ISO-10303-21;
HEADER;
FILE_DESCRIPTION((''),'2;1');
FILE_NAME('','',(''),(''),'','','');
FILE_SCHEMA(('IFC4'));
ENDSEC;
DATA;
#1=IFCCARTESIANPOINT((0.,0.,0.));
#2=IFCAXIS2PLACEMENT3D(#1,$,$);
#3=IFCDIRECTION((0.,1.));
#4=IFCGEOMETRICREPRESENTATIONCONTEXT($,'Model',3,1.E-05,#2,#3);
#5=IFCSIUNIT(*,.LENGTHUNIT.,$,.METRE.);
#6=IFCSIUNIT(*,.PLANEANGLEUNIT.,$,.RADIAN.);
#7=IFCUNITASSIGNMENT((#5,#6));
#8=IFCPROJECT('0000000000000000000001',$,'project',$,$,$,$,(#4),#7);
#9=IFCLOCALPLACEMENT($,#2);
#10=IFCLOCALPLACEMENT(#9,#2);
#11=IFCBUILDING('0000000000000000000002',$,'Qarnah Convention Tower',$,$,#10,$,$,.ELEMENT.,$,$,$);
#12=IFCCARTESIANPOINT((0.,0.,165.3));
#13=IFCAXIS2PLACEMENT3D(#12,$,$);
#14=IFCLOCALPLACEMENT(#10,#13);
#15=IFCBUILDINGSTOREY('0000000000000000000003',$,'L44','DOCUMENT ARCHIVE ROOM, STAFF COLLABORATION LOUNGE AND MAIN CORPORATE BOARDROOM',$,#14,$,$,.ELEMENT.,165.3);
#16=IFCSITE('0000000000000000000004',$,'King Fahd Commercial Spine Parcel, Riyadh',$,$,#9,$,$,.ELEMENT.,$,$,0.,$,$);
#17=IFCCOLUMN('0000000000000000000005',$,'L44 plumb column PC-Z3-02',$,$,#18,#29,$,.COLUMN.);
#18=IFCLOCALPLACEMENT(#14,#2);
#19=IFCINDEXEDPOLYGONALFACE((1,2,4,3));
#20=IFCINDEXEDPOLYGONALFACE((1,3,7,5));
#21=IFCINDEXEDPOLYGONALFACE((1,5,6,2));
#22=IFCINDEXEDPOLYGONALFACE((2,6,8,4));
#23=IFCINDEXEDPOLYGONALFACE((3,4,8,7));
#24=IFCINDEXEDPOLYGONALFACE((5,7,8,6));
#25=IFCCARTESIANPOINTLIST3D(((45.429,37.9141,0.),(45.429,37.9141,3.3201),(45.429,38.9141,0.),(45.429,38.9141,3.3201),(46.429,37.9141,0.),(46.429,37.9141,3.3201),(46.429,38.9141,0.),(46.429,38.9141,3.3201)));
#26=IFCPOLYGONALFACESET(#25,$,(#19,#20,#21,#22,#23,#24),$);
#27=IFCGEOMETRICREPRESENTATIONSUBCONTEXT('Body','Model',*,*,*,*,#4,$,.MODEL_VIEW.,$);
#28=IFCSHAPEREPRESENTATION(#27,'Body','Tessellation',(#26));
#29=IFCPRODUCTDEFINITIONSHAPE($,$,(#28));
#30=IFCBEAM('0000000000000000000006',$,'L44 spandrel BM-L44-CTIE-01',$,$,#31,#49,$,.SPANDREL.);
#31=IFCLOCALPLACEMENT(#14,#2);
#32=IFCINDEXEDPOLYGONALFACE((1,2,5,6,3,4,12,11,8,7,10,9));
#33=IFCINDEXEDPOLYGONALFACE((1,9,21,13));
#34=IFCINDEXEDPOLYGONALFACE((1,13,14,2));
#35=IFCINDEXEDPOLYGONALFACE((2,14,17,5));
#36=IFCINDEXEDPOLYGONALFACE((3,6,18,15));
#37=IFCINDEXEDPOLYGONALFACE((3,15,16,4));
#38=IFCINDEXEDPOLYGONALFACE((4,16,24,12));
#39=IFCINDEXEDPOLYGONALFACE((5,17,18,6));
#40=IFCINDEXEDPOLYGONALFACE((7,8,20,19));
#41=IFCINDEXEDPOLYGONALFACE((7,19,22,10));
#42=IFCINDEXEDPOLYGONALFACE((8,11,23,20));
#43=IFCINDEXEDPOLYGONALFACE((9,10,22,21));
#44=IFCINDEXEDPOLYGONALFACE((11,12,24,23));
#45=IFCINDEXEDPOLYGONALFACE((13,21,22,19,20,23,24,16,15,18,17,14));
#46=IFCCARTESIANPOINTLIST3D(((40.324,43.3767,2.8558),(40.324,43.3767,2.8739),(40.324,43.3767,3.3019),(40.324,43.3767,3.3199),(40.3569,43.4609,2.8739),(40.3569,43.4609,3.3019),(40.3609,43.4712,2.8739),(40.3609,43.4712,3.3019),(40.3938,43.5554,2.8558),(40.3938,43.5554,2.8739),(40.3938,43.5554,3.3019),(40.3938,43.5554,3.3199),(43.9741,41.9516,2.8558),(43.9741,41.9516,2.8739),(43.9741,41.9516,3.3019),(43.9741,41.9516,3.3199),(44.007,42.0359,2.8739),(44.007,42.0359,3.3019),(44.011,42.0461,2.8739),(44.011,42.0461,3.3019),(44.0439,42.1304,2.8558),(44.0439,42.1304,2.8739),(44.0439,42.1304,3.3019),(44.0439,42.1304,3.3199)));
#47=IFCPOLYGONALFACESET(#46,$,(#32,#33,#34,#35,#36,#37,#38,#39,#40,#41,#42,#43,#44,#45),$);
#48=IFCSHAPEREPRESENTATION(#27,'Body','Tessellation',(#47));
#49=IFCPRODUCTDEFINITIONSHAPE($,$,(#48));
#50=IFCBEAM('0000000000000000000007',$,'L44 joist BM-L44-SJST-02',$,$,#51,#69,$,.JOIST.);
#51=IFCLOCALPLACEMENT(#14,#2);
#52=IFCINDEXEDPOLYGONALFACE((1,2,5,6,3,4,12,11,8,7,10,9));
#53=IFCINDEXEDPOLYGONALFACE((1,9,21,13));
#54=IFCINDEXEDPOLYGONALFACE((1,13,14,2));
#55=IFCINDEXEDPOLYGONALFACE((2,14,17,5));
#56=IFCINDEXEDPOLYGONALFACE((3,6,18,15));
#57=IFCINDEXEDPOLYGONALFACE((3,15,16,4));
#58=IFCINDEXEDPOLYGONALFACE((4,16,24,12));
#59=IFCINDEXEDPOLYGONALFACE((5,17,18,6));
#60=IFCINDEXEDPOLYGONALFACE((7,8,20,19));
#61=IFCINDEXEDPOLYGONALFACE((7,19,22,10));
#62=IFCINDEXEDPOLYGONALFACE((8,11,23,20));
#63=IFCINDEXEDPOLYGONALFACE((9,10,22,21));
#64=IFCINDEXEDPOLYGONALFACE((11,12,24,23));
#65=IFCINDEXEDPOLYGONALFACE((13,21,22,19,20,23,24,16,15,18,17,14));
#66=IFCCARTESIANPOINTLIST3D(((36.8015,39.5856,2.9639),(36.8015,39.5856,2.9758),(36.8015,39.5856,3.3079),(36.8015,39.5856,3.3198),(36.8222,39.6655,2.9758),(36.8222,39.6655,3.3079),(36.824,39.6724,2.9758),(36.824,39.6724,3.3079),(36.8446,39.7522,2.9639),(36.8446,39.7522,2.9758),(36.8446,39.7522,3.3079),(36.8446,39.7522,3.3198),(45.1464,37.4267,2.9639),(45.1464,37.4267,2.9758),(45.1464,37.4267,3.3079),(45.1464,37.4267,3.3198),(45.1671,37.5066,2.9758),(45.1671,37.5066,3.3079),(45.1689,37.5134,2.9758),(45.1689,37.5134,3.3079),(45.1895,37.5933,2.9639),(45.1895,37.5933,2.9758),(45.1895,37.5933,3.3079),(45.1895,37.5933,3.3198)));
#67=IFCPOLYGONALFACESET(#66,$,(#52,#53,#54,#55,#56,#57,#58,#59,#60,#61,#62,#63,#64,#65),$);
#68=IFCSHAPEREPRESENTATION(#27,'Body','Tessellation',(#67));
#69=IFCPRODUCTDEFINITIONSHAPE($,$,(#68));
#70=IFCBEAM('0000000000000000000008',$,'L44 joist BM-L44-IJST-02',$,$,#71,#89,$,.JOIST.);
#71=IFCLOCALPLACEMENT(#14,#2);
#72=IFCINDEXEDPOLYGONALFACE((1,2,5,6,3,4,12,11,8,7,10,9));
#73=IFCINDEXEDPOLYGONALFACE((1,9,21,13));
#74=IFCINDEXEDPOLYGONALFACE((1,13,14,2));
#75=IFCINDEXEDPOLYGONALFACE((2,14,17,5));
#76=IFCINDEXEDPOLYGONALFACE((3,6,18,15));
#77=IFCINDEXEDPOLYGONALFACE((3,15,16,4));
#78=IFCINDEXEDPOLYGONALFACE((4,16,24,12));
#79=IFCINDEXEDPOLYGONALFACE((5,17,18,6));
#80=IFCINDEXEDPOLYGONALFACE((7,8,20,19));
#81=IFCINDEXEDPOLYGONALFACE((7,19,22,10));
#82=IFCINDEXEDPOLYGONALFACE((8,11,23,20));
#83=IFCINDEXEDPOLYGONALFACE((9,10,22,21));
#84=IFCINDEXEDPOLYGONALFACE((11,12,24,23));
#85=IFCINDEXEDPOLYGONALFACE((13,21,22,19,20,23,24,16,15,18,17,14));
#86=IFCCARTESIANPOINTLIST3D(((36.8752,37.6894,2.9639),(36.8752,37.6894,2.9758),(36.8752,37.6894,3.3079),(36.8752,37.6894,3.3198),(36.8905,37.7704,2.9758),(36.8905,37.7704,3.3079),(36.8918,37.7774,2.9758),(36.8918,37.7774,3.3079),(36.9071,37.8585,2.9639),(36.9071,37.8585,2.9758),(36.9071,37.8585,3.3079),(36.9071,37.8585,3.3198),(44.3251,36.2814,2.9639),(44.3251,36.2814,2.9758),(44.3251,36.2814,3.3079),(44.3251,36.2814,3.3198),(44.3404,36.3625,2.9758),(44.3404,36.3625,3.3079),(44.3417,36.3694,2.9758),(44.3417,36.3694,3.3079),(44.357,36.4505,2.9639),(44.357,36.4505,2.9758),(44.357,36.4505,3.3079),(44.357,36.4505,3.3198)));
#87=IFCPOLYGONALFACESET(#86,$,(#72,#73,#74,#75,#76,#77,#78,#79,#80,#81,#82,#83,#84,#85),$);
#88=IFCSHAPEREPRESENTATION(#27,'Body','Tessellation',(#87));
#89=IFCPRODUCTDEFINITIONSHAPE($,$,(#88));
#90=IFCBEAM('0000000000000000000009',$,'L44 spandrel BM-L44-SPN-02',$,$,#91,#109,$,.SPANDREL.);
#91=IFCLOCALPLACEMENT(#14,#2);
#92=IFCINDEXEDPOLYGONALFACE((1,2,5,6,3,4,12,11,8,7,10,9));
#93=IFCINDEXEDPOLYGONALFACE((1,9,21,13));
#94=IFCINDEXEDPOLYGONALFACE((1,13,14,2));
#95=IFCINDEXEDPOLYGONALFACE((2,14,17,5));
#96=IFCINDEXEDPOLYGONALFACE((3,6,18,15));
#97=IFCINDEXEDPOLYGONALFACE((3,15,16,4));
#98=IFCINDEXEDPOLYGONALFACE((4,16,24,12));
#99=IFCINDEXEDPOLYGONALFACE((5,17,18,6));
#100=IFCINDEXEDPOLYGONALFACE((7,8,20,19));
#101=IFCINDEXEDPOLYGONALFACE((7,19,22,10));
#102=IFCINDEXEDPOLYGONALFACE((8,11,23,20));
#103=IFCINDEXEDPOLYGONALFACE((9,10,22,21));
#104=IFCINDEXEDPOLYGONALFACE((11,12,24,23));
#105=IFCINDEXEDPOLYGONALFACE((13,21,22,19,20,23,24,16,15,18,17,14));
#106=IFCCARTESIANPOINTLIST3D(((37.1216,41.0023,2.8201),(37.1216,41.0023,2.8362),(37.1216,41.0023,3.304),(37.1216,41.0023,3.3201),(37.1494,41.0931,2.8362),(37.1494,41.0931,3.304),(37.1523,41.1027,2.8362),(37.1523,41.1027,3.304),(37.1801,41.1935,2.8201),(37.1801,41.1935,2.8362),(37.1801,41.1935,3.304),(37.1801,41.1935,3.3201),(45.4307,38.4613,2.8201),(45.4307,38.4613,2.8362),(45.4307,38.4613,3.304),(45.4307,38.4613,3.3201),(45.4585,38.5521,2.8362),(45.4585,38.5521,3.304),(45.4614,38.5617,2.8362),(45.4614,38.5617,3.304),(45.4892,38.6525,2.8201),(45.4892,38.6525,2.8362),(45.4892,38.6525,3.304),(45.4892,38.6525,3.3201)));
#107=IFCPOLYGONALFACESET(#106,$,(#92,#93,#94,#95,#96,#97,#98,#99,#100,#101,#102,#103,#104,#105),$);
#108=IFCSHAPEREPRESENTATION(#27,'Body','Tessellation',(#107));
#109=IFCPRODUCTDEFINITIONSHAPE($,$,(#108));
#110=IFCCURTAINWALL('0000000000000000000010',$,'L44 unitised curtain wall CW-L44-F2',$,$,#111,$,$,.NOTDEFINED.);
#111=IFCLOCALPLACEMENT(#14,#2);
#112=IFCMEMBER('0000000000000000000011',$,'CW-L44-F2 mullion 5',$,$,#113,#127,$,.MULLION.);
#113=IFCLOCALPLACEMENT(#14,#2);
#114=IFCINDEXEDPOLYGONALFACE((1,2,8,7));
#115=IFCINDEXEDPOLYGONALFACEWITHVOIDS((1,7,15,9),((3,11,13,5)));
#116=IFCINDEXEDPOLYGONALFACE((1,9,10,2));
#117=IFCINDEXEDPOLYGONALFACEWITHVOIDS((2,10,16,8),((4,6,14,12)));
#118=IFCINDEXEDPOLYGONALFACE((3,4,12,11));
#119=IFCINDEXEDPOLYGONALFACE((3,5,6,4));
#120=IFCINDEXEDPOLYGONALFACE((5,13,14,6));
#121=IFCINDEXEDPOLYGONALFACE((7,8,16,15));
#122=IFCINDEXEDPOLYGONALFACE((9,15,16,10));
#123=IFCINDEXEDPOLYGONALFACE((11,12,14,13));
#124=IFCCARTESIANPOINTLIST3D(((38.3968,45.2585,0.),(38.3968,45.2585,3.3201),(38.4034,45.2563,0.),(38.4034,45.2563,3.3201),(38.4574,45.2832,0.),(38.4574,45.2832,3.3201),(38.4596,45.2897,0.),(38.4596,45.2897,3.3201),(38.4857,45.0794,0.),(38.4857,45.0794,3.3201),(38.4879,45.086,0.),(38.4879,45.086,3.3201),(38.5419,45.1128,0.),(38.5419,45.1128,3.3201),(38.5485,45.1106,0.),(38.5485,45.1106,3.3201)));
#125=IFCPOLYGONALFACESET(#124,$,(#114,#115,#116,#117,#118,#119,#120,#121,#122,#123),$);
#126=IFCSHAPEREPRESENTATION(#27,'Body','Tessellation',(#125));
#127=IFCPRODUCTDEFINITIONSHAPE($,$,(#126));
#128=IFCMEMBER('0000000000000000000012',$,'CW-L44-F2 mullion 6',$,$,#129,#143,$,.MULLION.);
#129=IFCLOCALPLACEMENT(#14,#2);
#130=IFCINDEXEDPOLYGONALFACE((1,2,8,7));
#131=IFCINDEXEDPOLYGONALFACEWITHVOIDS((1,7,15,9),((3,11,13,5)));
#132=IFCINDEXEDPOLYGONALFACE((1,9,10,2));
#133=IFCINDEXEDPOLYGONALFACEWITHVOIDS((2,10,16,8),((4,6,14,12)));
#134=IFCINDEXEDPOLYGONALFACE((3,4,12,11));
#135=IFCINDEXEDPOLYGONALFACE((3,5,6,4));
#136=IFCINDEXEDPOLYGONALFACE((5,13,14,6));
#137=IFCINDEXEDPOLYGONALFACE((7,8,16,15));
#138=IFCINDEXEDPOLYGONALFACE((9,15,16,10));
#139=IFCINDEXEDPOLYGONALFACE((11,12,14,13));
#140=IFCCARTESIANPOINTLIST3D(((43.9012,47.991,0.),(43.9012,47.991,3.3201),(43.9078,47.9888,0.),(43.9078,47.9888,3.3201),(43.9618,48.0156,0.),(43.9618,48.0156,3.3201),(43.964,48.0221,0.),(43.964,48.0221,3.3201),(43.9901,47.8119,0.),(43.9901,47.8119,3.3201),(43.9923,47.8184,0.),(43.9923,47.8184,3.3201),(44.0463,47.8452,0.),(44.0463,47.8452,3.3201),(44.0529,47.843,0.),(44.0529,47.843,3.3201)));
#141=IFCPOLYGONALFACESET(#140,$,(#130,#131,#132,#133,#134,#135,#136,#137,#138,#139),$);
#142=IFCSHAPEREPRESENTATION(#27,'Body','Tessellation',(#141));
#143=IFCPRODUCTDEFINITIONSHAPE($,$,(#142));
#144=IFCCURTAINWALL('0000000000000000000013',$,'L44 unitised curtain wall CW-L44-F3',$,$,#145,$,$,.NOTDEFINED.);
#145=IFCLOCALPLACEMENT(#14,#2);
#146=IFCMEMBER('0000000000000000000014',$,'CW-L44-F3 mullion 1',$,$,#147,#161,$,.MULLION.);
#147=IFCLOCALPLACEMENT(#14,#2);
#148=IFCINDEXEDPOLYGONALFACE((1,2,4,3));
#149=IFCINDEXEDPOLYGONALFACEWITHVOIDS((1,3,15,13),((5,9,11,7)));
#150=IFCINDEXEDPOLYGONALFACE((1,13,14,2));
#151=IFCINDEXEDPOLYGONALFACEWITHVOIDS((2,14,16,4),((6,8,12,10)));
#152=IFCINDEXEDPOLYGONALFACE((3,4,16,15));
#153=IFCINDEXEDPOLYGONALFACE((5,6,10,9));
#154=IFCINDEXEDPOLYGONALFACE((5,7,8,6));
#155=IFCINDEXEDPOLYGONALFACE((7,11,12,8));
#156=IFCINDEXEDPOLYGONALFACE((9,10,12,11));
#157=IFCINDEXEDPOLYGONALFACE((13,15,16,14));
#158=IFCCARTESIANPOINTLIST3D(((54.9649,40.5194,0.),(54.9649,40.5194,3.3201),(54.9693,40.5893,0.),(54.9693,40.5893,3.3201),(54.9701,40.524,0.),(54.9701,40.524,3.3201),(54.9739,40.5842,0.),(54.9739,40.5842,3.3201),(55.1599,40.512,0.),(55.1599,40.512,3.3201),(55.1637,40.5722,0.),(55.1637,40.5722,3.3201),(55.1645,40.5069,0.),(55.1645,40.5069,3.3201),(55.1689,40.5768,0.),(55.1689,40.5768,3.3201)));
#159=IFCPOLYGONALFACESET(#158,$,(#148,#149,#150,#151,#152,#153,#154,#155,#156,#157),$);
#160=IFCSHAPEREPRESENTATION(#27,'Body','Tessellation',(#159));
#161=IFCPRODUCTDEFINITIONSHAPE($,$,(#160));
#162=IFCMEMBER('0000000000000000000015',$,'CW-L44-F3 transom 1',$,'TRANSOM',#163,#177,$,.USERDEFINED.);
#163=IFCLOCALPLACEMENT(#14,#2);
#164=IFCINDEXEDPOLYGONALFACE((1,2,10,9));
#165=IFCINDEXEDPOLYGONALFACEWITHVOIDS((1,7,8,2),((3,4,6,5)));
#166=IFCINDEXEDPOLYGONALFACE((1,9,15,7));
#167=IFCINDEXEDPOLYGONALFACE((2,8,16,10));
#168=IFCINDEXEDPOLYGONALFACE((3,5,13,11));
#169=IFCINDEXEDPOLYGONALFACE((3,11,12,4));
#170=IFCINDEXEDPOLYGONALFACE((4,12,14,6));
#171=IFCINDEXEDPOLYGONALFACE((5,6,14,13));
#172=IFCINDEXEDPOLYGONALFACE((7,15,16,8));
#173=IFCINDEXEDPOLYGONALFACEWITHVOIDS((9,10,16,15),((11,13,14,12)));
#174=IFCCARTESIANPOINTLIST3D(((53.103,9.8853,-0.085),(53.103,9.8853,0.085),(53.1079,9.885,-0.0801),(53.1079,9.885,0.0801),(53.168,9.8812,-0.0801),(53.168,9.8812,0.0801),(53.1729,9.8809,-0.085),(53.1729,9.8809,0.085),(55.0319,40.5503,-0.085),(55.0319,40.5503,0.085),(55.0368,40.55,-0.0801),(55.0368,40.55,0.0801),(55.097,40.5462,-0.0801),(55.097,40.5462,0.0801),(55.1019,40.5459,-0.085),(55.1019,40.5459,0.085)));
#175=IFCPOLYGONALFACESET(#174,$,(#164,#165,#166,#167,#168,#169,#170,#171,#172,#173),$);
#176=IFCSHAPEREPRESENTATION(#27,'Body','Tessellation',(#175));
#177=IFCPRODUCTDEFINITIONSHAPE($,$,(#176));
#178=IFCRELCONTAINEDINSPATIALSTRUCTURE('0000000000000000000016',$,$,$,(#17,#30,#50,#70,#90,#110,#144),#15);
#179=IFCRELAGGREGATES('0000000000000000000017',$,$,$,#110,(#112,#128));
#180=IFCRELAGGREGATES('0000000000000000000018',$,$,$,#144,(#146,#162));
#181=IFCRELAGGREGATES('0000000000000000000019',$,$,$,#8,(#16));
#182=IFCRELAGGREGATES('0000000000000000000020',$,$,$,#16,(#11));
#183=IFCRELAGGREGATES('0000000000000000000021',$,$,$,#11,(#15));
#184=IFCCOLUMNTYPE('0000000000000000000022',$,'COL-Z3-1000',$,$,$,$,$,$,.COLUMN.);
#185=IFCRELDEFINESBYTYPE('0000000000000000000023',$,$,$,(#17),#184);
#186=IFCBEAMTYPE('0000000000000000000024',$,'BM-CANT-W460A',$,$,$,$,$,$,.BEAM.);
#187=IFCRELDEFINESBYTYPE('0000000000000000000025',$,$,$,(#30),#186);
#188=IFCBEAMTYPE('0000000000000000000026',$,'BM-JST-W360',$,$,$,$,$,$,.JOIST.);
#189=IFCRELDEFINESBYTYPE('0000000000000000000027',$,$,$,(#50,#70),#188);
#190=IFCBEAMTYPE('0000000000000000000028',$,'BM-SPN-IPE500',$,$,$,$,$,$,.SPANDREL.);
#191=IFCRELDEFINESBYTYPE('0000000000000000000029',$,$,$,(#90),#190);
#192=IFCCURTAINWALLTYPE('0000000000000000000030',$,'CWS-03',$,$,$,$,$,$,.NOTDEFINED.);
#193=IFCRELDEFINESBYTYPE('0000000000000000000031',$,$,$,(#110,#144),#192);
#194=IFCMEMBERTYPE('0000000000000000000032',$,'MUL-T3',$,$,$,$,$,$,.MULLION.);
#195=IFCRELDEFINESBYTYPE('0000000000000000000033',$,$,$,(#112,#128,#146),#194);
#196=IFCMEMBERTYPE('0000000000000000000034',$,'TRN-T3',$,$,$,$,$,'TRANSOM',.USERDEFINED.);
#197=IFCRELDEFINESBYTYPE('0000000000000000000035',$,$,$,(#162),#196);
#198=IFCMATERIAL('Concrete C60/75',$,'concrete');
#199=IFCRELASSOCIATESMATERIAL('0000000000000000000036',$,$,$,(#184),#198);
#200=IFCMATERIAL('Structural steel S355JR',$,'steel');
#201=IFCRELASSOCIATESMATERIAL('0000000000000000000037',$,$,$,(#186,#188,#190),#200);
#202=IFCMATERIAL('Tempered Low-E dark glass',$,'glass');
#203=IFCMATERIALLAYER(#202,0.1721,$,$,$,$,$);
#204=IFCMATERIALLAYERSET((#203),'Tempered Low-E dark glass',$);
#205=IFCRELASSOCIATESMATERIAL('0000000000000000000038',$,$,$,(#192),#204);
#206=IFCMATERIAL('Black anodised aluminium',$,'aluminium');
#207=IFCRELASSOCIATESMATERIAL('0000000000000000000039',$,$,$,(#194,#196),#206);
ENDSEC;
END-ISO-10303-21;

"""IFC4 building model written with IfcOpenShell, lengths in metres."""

from ifc_helpers import new_model, si_unit, direction, frame, origin, origin_2d, place, context, subcontext, project, spatial, rectangle, hollow_rectangle, i_section, extrude, material, layer, layer_set, material_profile, profile_set, type_object, element, aggregate, save


model = new_model("IFC4")

# Units and contexts
model_context = context("Model", 3, precision=1e-05, world=origin(), true_north=direction((0.0, 1.0)))
body_context = subcontext(model_context, "Body", "Model", "MODEL_VIEW")
ifc_project = project(units=[si_unit("LENGTHUNIT", "METRE"), si_unit("PLANEANGLEUNIT", "RADIAN")], contexts=[model_context])

# Site, building, storey
site_placement = place(None, origin())
site = spatial("IfcSite", under=ifc_project, at=site_placement, Name="King Fahd Commercial Spine Parcel, Riyadh", CompositionType="ELEMENT", RefElevation=0.0)
building_placement = place(site_placement, origin())
building = spatial("IfcBuilding", under=site, at=building_placement, Name="Qarnah Convention Tower", CompositionType="ELEMENT")
storey_placement = place(building_placement, frame((0.0, 0.0, 165.3)))
storey = spatial("IfcBuildingStorey", under=building, at=storey_placement, Name="L44", Description="DOCUMENT ARCHIVE ROOM, STAFF COLLABORATION LOUNGE AND MAIN CORPORATE BOARDROOM", CompositionType="ELEMENT", Elevation=165.3)

# Column
ifc_material_1 = material(Name="Concrete C60/75", Category="concrete")
ifc_material_profile_1 = material_profile(ifc_material_1, rectangle(XDim=1.0, YDim=1.0, at=origin_2d()), Name="RC-COL-1000X1000")
ifc_profile_set_1 = profile_set([ifc_material_profile_1], Name="Concrete C60/75")
column_type = type_object("IfcColumnType", Name="COL-Z3-1000", PredefinedType="COLUMN", material=ifc_profile_set_1)
column_placement = place(storey_placement, frame((45.929, 38.4141, 0.0), z_axis=(0.0, 0.0, 1.0), x_axis=(1.0, 0.0, 0.0)))
element("IfcColumn", 1, at=column_placement, inside=storey, type_object=column_type, Name="L44 plumb column PC-Z3-02", PredefinedType="COLUMN", context=body_context, shape_type="SweptSolid", body=[
    extrude(rectangle(XDim=1.0, YDim=1.0, at=origin_2d()), origin(), (0.0, 0.0, 1.0), 3.3201),
])

# Beams
ifc_material_2 = material(Name="Structural steel S355JR", Category="steel")
ifc_material_profile_2 = material_profile(ifc_material_2, i_section(OverallWidth=0.1919, OverallDepth=0.4641, WebThickness=0.011, FlangeThickness=0.0181, at=origin_2d()), Name="W460X89")
ifc_profile_set_2 = profile_set([ifc_material_profile_2], Name="Structural steel S355JR")
beam_type_1 = type_object("IfcBeamType", Name="BM-CANT-W460A", PredefinedType="BEAM", material=ifc_profile_set_2)
beam_1_placement = place(storey_placement, frame((44.009, 42.041, 3.0879), z_axis=(-0.931526, 0.363676, 0.0), x_axis=(-0.363676, -0.931526, 0.0)))
element("IfcBeam", 2, at=beam_1_placement, inside=storey, type_object=beam_type_1, Name="L44 spandrel BM-L44-CTIE-01", PredefinedType="SPANDREL", context=body_context, shape_type="SweptSolid", body=[
    extrude(i_section(OverallWidth=0.1919, OverallDepth=0.4641, WebThickness=0.011, FlangeThickness=0.0181, at=origin_2d()), origin(), (0.0, 0.0, 1.0), 3.9185),
])
ifc_material_profile_3 = material_profile(ifc_material_2, i_section(OverallWidth=0.1721, OverallDepth=0.356, WebThickness=0.0071, FlangeThickness=0.012, at=origin_2d()), Name="W360X51")
ifc_profile_set_3 = profile_set([ifc_material_profile_3], Name="Structural steel S355JR")
beam_type_2 = type_object("IfcBeamType", Name="BM-JST-W360", PredefinedType="JOIST", material=ifc_profile_set_3)
beam_2_placement = place(storey_placement, frame((45.168, 37.51, 3.1418), z_axis=(-0.968126, 0.250465, 0.0), x_axis=(-0.250465, -0.968126, 0.0)))
element("IfcBeam", 3, at=beam_2_placement, inside=storey, type_object=beam_type_2, Name="L44 joist BM-L44-SJST-02", PredefinedType="JOIST", context=body_context, shape_type="SweptSolid", body=[
    extrude(i_section(OverallWidth=0.1721, OverallDepth=0.356, WebThickness=0.0071, FlangeThickness=0.012, at=origin_2d()), origin(), (0.0, 0.0, 1.0), 8.6196),
])
beam_3_placement = place(storey_placement, frame((44.3411, 36.366, 3.1418), z_axis=(-0.982606, 0.185702, 0.0), x_axis=(-0.185702, -0.982606, 0.0)))
element("IfcBeam", 4, at=beam_3_placement, inside=storey, type_object=beam_type_2, Name="L44 joist BM-L44-IJST-02", PredefinedType="JOIST", context=body_context, shape_type="SweptSolid", body=[
    extrude(i_section(OverallWidth=0.1721, OverallDepth=0.356, WebThickness=0.0071, FlangeThickness=0.012, at=origin_2d()), origin(), (0.0, 0.0, 1.0), 7.5818),
])
ifc_material_profile_4 = material_profile(ifc_material_2, i_section(OverallWidth=0.2, OverallDepth=0.5, WebThickness=0.01, FlangeThickness=0.0161, at=origin_2d()), Name="IPE500")
ifc_profile_set_4 = profile_set([ifc_material_profile_4], Name="Structural steel S355JR")
beam_type_3 = type_object("IfcBeamType", Name="BM-SPN-IPE500", PredefinedType="SPANDREL", material=ifc_profile_set_4)
beam_4_placement = place(storey_placement, frame((45.46, 38.5569, 3.0701), z_axis=(-0.956283, 0.292443, 0.0), x_axis=(-0.292443, -0.956283, 0.0)))
element("IfcBeam", 5, at=beam_4_placement, inside=storey, type_object=beam_type_3, Name="L44 spandrel BM-L44-SPN-02", PredefinedType="SPANDREL", context=body_context, shape_type="SweptSolid", body=[
    extrude(i_section(OverallWidth=0.2, OverallDepth=0.5, WebThickness=0.01, FlangeThickness=0.0161, at=origin_2d()), origin(), (0.0, 0.0, 1.0), 8.689),
])

# Curtain walls, members
ifc_material_3 = material(Name="Tempered Low-E dark glass", Category="glass")
ifc_layer_1 = layer(ifc_material_3, 0.1721)
ifc_layer_set_1 = layer_set([ifc_layer_1], Name="Tempered Low-E dark glass")
curtain_wall_type = type_object("IfcCurtainWallType", Name="CWS-03", PredefinedType="NOTDEFINED", material=ifc_layer_set_1)
curtain_wall_1_placement = place(storey_placement, origin())
curtain_wall_1 = element("IfcCurtainWall", 6, at=curtain_wall_1_placement, inside=storey, type_object=curtain_wall_type, Name="L44 unitised curtain wall CW-L44-F2", PredefinedType="NOTDEFINED")
ifc_material_4 = material(Name="Black anodised aluminium", Category="aluminium")
ifc_material_profile_5 = material_profile(ifc_material_4, hollow_rectangle(XDim=0.0701, YDim=0.2, WallThickness=0.0049, at=origin_2d()), Name="MUL-70X200")
ifc_profile_set_5 = profile_set([ifc_material_profile_5], Name="Black anodised aluminium")
member_type_1 = type_object("IfcMemberType", Name="MUL-T3", PredefinedType="MULLION", material=ifc_profile_set_5)
member_1_placement = place(storey_placement, frame((38.4727, 45.1846, 0.0), z_axis=(0.0, 0.0, 1.0), x_axis=(0.895712, 0.444634, 0.0)))
member_1 = element("IfcMember", 7, at=member_1_placement, type_object=member_type_1, Name="CW-L44-F2 mullion 5", PredefinedType="MULLION", context=body_context, shape_type="SweptSolid", body=[
    extrude(hollow_rectangle(XDim=0.0701, YDim=0.2, WallThickness=0.0049, at=origin_2d()), origin(), (0.0, 0.0, 1.0), 3.3201),
])
member_2_placement = place(storey_placement, frame((43.9771, 47.917, 0.0), z_axis=(0.0, 0.0, 1.0), x_axis=(0.895712, 0.444634, 0.0)))
member_2 = element("IfcMember", 8, at=member_2_placement, type_object=member_type_1, Name="CW-L44-F2 mullion 6", PredefinedType="MULLION", context=body_context, shape_type="SweptSolid", body=[
    extrude(hollow_rectangle(XDim=0.0701, YDim=0.2, WallThickness=0.0049, at=origin_2d()), origin(), (0.0, 0.0, 1.0), 3.3201),
])
curtain_wall_2_placement = place(storey_placement, origin())
curtain_wall_2 = element("IfcCurtainWall", 9, at=curtain_wall_2_placement, inside=storey, type_object=curtain_wall_type, Name="L44 unitised curtain wall CW-L44-F3", PredefinedType="NOTDEFINED")
member_3_placement = place(storey_placement, frame((55.0669, 40.5481, 0.0), z_axis=(0.0, 0.0, 1.0), x_axis=(-0.062781, -0.998027, 0.0)))
member_3 = element("IfcMember", 10, at=member_3_placement, type_object=member_type_1, Name="CW-L44-F3 mullion 1", PredefinedType="MULLION", context=body_context, shape_type="SweptSolid", body=[
    extrude(hollow_rectangle(XDim=0.0701, YDim=0.2, WallThickness=0.0049, at=origin_2d()), origin(), (0.0, 0.0, 1.0), 3.3201),
])
ifc_material_profile_6 = material_profile(ifc_material_4, hollow_rectangle(XDim=0.0701, YDim=0.1699, WallThickness=0.0049, at=origin_2d()), Name="TRN-70X170")
ifc_profile_set_6 = profile_set([ifc_material_profile_6], Name="Black anodised aluminium")
member_type_2 = type_object("IfcMemberType", Name="TRN-T3", ElementType="TRANSOM", PredefinedType="USERDEFINED", material=ifc_profile_set_6)
member_4_placement = place(storey_placement, frame((55.0669, 40.5481, 0.0), z_axis=(-0.06278, -0.998027, 0.0), x_axis=(0.998027, -0.06278, 0.0)))
member_4 = element("IfcMember", 11, at=member_4_placement, type_object=member_type_2, Name="CW-L44-F3 transom 1", ObjectType="TRANSOM", PredefinedType="USERDEFINED", context=body_context, shape_type="SweptSolid", body=[
    extrude(hollow_rectangle(XDim=0.0701, YDim=0.1699, WallThickness=0.0049, at=origin_2d()), origin(), (0.0, 0.0, 1.0), 30.7256),
])

aggregate(curtain_wall_1, [member_1, member_2])
aggregate(curtain_wall_2, [member_3, member_4])

save(model, "model.ifc")
